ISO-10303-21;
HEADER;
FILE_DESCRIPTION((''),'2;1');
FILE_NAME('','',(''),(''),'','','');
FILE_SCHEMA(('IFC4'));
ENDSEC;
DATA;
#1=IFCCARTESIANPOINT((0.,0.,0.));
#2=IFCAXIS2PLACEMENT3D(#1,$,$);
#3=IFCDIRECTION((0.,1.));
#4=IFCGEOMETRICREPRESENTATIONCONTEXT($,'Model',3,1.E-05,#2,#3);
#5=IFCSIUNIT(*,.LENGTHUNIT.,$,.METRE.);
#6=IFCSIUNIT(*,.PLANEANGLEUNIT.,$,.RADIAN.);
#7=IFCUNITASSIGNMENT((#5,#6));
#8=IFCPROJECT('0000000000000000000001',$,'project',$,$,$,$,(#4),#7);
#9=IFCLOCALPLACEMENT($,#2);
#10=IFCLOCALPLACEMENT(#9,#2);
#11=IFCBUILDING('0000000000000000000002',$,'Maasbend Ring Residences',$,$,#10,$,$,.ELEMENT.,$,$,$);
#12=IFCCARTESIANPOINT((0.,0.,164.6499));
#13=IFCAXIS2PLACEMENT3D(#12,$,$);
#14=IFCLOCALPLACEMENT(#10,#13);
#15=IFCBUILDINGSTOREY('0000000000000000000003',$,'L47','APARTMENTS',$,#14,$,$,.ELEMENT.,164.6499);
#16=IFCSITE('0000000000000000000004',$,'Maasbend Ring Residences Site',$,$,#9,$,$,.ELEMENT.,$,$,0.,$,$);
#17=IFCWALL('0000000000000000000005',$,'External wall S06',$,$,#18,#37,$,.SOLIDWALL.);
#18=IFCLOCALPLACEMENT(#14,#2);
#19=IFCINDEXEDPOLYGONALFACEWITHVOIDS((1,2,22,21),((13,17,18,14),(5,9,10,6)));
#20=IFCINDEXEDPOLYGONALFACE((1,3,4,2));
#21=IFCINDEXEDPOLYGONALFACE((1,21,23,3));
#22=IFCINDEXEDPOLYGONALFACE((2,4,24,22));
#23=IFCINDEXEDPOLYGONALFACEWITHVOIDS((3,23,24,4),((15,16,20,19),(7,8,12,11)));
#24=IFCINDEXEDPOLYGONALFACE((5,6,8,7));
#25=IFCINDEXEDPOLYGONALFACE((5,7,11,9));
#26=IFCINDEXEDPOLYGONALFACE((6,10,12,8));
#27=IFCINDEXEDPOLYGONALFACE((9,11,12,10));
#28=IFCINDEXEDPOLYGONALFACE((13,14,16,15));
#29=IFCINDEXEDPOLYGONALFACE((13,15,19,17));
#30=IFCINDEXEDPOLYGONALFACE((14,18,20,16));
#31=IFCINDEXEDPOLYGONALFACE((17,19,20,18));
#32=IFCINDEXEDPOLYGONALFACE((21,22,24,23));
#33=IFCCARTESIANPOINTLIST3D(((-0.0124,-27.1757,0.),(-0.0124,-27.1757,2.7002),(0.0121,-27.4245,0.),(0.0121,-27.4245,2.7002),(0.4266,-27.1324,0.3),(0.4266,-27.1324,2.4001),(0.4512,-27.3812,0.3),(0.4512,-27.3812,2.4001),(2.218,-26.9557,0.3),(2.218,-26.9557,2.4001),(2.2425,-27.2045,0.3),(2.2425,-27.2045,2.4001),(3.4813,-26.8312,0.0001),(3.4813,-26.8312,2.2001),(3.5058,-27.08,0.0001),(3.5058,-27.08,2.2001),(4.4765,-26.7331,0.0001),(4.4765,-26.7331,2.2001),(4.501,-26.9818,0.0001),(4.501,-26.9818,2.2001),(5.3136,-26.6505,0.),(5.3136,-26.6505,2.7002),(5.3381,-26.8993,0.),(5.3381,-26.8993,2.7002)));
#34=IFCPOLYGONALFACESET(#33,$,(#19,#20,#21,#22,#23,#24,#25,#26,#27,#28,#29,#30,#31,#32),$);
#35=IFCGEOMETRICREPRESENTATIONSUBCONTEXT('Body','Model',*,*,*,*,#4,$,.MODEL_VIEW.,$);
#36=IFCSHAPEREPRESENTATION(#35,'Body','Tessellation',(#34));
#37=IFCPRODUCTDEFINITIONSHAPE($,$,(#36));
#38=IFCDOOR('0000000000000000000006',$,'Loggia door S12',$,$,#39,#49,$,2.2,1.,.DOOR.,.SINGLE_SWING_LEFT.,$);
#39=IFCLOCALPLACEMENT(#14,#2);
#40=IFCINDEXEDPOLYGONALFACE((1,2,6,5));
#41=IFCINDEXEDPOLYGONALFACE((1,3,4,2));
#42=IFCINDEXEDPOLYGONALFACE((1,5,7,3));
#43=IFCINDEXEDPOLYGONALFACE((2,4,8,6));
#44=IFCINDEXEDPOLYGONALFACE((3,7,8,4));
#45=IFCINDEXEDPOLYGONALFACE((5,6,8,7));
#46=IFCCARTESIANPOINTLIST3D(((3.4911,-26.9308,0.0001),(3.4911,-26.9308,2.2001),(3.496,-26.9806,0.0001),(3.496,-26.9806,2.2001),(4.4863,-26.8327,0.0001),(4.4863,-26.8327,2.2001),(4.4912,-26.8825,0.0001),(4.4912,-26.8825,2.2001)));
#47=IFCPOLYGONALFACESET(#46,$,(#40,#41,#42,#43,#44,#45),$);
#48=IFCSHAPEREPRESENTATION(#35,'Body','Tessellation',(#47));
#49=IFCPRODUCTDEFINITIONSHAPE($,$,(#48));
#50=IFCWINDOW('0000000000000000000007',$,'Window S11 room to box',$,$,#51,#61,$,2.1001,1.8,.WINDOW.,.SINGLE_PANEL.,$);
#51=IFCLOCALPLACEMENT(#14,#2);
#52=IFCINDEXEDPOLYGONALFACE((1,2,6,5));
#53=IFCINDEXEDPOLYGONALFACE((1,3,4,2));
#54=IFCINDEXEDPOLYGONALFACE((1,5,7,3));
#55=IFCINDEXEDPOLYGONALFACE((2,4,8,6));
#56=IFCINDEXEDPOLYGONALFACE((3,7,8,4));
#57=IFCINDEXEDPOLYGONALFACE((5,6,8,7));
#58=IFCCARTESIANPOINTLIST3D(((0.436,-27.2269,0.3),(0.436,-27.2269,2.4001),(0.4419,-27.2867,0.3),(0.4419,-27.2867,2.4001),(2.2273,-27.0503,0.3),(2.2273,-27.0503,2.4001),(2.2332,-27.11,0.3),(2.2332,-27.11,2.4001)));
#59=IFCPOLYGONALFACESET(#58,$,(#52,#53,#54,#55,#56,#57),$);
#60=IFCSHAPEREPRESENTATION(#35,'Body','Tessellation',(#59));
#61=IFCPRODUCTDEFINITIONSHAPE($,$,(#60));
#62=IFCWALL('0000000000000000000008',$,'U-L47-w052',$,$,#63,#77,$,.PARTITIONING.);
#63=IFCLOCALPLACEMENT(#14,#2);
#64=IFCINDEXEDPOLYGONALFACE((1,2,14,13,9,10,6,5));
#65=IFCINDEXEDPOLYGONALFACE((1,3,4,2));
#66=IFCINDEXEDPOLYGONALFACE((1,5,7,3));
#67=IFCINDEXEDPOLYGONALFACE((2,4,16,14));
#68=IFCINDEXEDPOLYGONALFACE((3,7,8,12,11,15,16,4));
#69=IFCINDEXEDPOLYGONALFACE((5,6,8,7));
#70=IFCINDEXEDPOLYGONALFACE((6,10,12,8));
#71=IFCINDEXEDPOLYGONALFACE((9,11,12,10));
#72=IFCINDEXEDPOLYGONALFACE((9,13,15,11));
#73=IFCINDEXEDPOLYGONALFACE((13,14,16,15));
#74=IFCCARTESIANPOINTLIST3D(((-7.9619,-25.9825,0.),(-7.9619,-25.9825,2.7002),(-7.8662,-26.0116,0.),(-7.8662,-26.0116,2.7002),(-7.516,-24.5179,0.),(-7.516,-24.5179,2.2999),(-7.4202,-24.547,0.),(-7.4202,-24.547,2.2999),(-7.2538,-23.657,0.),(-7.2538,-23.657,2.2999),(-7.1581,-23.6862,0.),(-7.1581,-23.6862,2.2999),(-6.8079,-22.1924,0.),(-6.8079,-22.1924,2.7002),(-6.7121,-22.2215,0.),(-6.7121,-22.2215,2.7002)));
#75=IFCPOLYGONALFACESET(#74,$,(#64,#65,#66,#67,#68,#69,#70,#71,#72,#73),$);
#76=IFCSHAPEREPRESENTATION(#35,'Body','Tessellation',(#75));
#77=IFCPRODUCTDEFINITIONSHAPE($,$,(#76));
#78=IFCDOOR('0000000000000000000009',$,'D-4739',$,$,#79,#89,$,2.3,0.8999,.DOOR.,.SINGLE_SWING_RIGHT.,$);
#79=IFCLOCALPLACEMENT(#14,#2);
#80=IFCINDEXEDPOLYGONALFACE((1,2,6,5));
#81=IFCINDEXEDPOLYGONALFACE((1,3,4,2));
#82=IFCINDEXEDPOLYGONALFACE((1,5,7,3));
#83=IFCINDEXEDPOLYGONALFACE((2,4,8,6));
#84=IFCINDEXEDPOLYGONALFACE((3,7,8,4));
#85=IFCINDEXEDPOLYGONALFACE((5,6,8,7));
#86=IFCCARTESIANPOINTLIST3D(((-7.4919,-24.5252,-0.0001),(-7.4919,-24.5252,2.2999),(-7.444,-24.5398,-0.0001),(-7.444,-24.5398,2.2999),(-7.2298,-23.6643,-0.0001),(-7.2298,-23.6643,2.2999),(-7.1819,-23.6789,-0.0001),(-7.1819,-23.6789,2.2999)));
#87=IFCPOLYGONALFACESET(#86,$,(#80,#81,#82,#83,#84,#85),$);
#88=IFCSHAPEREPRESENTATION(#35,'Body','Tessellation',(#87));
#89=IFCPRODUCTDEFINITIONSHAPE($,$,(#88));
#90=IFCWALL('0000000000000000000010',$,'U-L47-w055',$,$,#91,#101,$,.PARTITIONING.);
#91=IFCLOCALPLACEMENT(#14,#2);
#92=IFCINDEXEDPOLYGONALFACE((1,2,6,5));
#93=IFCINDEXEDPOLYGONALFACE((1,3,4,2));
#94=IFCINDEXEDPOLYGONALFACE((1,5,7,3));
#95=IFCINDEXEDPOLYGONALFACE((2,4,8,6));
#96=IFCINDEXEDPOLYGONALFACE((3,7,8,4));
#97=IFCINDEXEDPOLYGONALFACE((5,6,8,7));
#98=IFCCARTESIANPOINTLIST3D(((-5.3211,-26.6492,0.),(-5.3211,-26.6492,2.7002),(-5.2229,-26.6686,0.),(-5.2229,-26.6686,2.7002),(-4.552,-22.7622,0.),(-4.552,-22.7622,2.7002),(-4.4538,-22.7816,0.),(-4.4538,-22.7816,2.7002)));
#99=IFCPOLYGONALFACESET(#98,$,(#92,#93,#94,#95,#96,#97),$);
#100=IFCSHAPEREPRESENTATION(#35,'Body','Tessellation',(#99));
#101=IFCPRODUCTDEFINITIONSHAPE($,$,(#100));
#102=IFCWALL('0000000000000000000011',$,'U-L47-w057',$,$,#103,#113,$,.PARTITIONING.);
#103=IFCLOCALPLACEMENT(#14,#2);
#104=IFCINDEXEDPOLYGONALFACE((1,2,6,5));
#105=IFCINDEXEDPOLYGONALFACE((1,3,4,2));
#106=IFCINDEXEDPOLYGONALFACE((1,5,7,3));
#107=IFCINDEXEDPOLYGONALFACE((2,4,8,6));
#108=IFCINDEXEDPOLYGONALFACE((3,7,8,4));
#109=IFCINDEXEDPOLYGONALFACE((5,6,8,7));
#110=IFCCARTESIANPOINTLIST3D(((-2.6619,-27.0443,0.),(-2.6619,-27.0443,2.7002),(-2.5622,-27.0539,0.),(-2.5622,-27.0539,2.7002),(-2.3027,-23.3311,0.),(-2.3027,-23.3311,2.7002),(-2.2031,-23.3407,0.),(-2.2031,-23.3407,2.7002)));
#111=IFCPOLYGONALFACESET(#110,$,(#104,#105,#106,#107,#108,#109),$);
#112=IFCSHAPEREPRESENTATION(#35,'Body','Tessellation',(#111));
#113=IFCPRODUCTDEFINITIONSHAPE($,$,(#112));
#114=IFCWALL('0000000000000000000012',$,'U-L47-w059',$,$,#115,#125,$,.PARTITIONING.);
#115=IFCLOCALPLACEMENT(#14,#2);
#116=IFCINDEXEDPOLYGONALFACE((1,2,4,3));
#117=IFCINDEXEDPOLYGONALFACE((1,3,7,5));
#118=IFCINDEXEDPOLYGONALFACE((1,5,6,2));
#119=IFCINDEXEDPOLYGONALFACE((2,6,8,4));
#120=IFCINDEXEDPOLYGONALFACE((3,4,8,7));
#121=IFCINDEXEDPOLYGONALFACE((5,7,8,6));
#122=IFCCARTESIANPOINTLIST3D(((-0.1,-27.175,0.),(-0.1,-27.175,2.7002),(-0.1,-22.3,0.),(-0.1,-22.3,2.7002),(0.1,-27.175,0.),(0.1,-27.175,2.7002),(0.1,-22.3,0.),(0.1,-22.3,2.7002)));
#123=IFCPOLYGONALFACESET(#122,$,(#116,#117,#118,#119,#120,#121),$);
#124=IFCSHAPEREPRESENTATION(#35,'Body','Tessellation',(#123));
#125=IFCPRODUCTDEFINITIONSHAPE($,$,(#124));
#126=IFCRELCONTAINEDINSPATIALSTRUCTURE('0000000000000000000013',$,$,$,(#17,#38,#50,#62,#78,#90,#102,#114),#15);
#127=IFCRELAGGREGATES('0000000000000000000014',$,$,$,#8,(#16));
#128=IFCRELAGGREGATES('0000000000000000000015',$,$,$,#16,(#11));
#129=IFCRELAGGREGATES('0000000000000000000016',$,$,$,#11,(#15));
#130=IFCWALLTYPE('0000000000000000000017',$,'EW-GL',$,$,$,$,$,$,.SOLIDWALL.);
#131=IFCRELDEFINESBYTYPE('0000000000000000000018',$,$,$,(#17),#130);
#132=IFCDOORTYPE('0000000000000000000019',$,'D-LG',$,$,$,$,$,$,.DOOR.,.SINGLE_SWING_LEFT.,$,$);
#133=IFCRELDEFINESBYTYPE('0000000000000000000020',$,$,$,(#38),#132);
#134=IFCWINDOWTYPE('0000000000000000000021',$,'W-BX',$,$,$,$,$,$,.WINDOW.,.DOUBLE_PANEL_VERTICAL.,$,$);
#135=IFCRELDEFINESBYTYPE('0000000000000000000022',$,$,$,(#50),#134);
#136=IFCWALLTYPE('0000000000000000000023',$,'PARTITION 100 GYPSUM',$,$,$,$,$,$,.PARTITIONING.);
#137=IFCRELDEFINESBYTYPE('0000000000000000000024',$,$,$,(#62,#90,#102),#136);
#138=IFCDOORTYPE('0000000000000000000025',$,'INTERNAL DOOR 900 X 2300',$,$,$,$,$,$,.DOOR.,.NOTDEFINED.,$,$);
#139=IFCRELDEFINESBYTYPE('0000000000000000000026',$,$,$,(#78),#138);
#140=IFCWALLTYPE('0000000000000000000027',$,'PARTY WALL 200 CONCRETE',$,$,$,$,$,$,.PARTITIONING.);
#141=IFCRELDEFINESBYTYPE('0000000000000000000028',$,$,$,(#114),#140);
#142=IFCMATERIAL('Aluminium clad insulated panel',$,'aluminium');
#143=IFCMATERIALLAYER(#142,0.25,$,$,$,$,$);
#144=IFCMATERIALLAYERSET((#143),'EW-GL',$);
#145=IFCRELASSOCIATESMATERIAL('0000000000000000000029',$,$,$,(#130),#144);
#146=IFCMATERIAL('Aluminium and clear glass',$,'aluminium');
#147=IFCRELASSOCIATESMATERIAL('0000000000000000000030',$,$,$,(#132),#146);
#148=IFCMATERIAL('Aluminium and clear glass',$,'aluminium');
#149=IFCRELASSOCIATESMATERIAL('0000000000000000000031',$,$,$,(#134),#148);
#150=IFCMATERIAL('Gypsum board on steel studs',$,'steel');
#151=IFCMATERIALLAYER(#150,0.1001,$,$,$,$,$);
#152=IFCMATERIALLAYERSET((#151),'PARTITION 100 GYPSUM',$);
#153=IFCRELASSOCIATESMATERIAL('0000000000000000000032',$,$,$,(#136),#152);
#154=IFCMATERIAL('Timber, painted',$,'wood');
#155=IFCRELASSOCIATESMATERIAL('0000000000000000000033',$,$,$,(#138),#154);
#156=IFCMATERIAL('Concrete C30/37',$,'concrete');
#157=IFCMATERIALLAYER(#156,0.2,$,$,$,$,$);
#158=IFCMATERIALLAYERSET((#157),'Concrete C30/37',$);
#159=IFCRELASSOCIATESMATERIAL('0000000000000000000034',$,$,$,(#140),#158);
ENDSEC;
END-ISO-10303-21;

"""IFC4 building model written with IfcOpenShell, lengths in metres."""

from ifc_helpers import new_model, si_unit, direction, frame, frame_2d, origin, place, context, subcontext, project, spatial, rectangle, extrude, material, layer, layer_set, type_object, element, fill, save


model = new_model("IFC4")

# Units and contexts
model_context = context("Model", 3, precision=1e-05, world=origin(), true_north=direction((0.0, 1.0)))
body_context = subcontext(model_context, "Body", "Model", "MODEL_VIEW")
ifc_project = project(units=[si_unit("LENGTHUNIT", "METRE"), si_unit("PLANEANGLEUNIT", "RADIAN")], contexts=[model_context])

# Site, building, storey
site_placement = place(None, origin())
site = spatial("IfcSite", under=ifc_project, at=site_placement, Name="Maasbend Ring Residences Site", CompositionType="ELEMENT", RefElevation=0.0)
building_placement = place(site_placement, origin())
building = spatial("IfcBuilding", under=site, at=building_placement, Name="Maasbend Ring Residences", CompositionType="ELEMENT")
storey_placement = place(building_placement, frame((0.0, 0.0, 164.6499)))
storey = spatial("IfcBuildingStorey", under=building, at=storey_placement, Name="L47", Description="APARTMENTS", CompositionType="ELEMENT", Elevation=164.6499)

# Wall, openings, door, window
ifc_material_1 = material(Name="Aluminium clad insulated panel", Category="aluminium")
ifc_layer_1 = layer(ifc_material_1, 0.25)
ifc_layer_set_1 = layer_set([ifc_layer_1], Name="EW-GL")
wall_type_1 = type_object("IfcWallType", Name="EW-GL", PredefinedType="SOLIDWALL", material=ifc_layer_set_1)
ifc_material_2 = material(Name="Aluminium and clear glass", Category="aluminium")
door_type_1 = type_object("IfcDoorType", Name="D-LG", OperationType="SINGLE_SWING_LEFT", PredefinedType="DOOR", material=ifc_material_2)
ifc_material_3 = material(Name="Aluminium and clear glass", Category="aluminium")
window_type_1 = type_object("IfcWindowType", Name="W-BX", PartitioningType="DOUBLE_PANEL_VERTICAL", PredefinedType="WINDOW", material=ifc_material_3)
wall_1_placement = place(storey_placement, frame((0.0, -27.3, 0.0), z_axis=(0.0, 0.0, 1.0), x_axis=(0.995174, 0.098126, 0.0)))
wall_1 = element("IfcWall", 1, at=wall_1_placement, inside=storey, type_object=wall_type_1, Name="External wall S06", PredefinedType="SOLIDWALL", context=body_context, shape_type="SweptSolid", body=[
    extrude(rectangle(XDim=5.3518, YDim=0.25, at=frame_2d((2.6758, 0.0))), origin(), (0.0, 0.0, 1.0), 2.7002),
])
opening_1_placement = place(wall_1_placement, frame((0.4412, 0.0, 0.3)))
opening_1 = element("IfcOpeningElement", 2, at=opening_1_placement, cuts=wall_1, PredefinedType="OPENING", context=body_context, shape_type="SweptSolid", body=[
    extrude(rectangle(XDim=1.8, YDim=2.1001, at=frame_2d((0.8999, 1.05))), frame((0.0, 0.135, 0.0), z_axis=(0.0, -1.0, 0.0), x_axis=(1.0, 0.0, 0.0)), (0.0, 0.0, 1.0), 0.27),
])
opening_2_placement = place(wall_1_placement, frame((3.5105, 0.0, 0.0)))
opening_2 = element("IfcOpeningElement", 3, at=opening_2_placement, cuts=wall_1, PredefinedType="OPENING", context=body_context, shape_type="SweptSolid", body=[
    extrude(rectangle(XDim=1.0, YDim=2.2, at=frame_2d((0.5, 1.1001))), frame((0.0, 0.135, 0.0), z_axis=(0.0, -1.0, 0.0), x_axis=(1.0, 0.0, 0.0)), (0.0, 0.0, 1.0), 0.27),
])
door_1_placement = place(opening_2_placement, origin())
door_1 = element("IfcDoor", 4, at=door_1_placement, inside=storey, type_object=door_type_1, Name="Loggia door S12", OperationType="SINGLE_SWING_LEFT", OverallHeight=2.2, OverallWidth=1.0, PredefinedType="DOOR", context=body_context, shape_type="SweptSolid", body=[
    extrude(rectangle(XDim=1.0, YDim=2.2, at=frame_2d((0.5, 1.1001))), frame((0.0, 0.0249, 0.0), z_axis=(0.0, -1.0, 0.0), x_axis=(1.0, 0.0, 0.0)), (0.0, 0.0, 1.0), 0.05),
])
fill(opening_2, door_1)
window_1_placement = place(opening_1_placement, origin())
window_1 = element("IfcWindow", 5, at=window_1_placement, inside=storey, type_object=window_type_1, Name="Window S11 room to box", OverallHeight=2.1001, OverallWidth=1.8, PartitioningType="SINGLE_PANEL", PredefinedType="WINDOW", context=body_context, shape_type="SweptSolid", body=[
    extrude(rectangle(XDim=1.8, YDim=2.1001, at=frame_2d((0.8999, 1.05))), frame((0.0, 0.03, 0.0), z_axis=(0.0, -1.0, 0.0), x_axis=(1.0, 0.0, 0.0)), (0.0, 0.0, 1.0), 0.0601),
])
fill(opening_1, window_1)

# Wall, opening, door
ifc_material_4 = material(Name="Gypsum board on steel studs", Category="steel")
ifc_layer_2 = layer(ifc_material_4, 0.1001)
ifc_layer_set_2 = layer_set([ifc_layer_2], Name="PARTITION 100 GYPSUM")
wall_type_2 = type_object("IfcWallType", Name="PARTITION 100 GYPSUM", PredefinedType="PARTITIONING", material=ifc_layer_set_2)
wall_2_placement = place(storey_placement, frame((-7.9141, -25.9971, 0.0), z_axis=(0.0, 0.0, 1.0), x_axis=(0.291292, 0.956634, 0.0)))
wall_2 = element("IfcWall", 6, at=wall_2_placement, inside=storey, type_object=wall_type_2, Name="U-L47-w052", PredefinedType="PARTITIONING", context=body_context, shape_type="SweptSolid", body=[
    extrude(rectangle(XDim=3.9619, YDim=0.1001, at=frame_2d((1.981, 0.0))), origin(), (0.0, 0.0, 1.0), 2.7002),
])
opening_3_placement = place(wall_2_placement, frame((1.531, 0.0, 0.0)))
opening_3 = element("IfcOpeningElement", 7, at=opening_3_placement, cuts=wall_2, PredefinedType="OPENING", context=body_context, shape_type="SweptSolid", body=[
    extrude(rectangle(XDim=0.8999, YDim=2.3, at=frame_2d((0.45, 1.1499))), frame((0.0, 0.0601, 0.0), z_axis=(0.0, -1.0, 0.0), x_axis=(1.0, 0.0, 0.0)), (0.0, 0.0, 1.0), 0.1201),
])
ifc_material_5 = material(Name="Timber, painted", Category="wood")
door_type_2 = type_object("IfcDoorType", Name="INTERNAL DOOR 900 X 2300", OperationType="NOTDEFINED", PredefinedType="DOOR", material=ifc_material_5)
door_2_placement = place(opening_3_placement, origin())
door_2 = element("IfcDoor", 8, at=door_2_placement, inside=storey, type_object=door_type_2, Name="D-4739", OperationType="SINGLE_SWING_RIGHT", OverallHeight=2.3, OverallWidth=0.8999, PredefinedType="DOOR", context=body_context, shape_type="SweptSolid", body=[
    extrude(rectangle(XDim=0.8999, YDim=2.3, at=frame_2d((0.45, 1.1499))), frame((0.0, 0.0249, 0.0), z_axis=(0.0, -1.0, 0.0), x_axis=(1.0, 0.0, 0.0)), (0.0, 0.0, 1.0), 0.05),
])
fill(opening_3, door_2)

# Walls
wall_3_placement = place(storey_placement, frame((-5.272, -26.6589, 0.0), z_axis=(0.0, 0.0, 1.0), x_axis=(0.19409, 0.980984, 0.0)))
element("IfcWall", 9, at=wall_3_placement, inside=storey, type_object=wall_type_2, Name="U-L47-w055", PredefinedType="PARTITIONING", context=body_context, shape_type="SweptSolid", body=[
    extrude(rectangle(XDim=3.9624, YDim=0.1001, at=frame_2d((1.9812, 0.0))), origin(), (0.0, 0.0, 1.0), 2.7002),
])
wall_4_placement = place(storey_placement, frame((-2.6121, -27.0491, 0.0), z_axis=(0.0, 0.0, 1.0), x_axis=(0.09627, 0.995355, 0.0)))
element("IfcWall", 10, at=wall_4_placement, inside=storey, type_object=wall_type_2, Name="U-L47-w057", PredefinedType="PARTITIONING", context=body_context, shape_type="SweptSolid", body=[
    extrude(rectangle(XDim=3.7305, YDim=0.1001, at=frame_2d((1.8652, 0.0))), origin(), (0.0, 0.0, 1.0), 2.7002),
])
ifc_material_6 = material(Name="Concrete C30/37", Category="concrete")
ifc_layer_3 = layer(ifc_material_6, 0.2)
ifc_layer_set_3 = layer_set([ifc_layer_3], Name="Concrete C30/37")
wall_type_3 = type_object("IfcWallType", Name="PARTY WALL 200 CONCRETE", PredefinedType="PARTITIONING", material=ifc_layer_set_3)
wall_5_placement = place(storey_placement, frame((0.0, -27.175, 0.0), z_axis=(0.0, 0.0, 1.0), x_axis=(0.0, 1.0, 0.0)))
element("IfcWall", 11, at=wall_5_placement, inside=storey, type_object=wall_type_3, Name="U-L47-w059", PredefinedType="PARTITIONING", context=body_context, shape_type="SweptSolid", body=[
    extrude(rectangle(XDim=4.875, YDim=0.2, at=frame_2d((2.4375, 0.0))), origin(), (0.0, 0.0, 1.0), 2.7002),
])

save(model, "model.ifc")
